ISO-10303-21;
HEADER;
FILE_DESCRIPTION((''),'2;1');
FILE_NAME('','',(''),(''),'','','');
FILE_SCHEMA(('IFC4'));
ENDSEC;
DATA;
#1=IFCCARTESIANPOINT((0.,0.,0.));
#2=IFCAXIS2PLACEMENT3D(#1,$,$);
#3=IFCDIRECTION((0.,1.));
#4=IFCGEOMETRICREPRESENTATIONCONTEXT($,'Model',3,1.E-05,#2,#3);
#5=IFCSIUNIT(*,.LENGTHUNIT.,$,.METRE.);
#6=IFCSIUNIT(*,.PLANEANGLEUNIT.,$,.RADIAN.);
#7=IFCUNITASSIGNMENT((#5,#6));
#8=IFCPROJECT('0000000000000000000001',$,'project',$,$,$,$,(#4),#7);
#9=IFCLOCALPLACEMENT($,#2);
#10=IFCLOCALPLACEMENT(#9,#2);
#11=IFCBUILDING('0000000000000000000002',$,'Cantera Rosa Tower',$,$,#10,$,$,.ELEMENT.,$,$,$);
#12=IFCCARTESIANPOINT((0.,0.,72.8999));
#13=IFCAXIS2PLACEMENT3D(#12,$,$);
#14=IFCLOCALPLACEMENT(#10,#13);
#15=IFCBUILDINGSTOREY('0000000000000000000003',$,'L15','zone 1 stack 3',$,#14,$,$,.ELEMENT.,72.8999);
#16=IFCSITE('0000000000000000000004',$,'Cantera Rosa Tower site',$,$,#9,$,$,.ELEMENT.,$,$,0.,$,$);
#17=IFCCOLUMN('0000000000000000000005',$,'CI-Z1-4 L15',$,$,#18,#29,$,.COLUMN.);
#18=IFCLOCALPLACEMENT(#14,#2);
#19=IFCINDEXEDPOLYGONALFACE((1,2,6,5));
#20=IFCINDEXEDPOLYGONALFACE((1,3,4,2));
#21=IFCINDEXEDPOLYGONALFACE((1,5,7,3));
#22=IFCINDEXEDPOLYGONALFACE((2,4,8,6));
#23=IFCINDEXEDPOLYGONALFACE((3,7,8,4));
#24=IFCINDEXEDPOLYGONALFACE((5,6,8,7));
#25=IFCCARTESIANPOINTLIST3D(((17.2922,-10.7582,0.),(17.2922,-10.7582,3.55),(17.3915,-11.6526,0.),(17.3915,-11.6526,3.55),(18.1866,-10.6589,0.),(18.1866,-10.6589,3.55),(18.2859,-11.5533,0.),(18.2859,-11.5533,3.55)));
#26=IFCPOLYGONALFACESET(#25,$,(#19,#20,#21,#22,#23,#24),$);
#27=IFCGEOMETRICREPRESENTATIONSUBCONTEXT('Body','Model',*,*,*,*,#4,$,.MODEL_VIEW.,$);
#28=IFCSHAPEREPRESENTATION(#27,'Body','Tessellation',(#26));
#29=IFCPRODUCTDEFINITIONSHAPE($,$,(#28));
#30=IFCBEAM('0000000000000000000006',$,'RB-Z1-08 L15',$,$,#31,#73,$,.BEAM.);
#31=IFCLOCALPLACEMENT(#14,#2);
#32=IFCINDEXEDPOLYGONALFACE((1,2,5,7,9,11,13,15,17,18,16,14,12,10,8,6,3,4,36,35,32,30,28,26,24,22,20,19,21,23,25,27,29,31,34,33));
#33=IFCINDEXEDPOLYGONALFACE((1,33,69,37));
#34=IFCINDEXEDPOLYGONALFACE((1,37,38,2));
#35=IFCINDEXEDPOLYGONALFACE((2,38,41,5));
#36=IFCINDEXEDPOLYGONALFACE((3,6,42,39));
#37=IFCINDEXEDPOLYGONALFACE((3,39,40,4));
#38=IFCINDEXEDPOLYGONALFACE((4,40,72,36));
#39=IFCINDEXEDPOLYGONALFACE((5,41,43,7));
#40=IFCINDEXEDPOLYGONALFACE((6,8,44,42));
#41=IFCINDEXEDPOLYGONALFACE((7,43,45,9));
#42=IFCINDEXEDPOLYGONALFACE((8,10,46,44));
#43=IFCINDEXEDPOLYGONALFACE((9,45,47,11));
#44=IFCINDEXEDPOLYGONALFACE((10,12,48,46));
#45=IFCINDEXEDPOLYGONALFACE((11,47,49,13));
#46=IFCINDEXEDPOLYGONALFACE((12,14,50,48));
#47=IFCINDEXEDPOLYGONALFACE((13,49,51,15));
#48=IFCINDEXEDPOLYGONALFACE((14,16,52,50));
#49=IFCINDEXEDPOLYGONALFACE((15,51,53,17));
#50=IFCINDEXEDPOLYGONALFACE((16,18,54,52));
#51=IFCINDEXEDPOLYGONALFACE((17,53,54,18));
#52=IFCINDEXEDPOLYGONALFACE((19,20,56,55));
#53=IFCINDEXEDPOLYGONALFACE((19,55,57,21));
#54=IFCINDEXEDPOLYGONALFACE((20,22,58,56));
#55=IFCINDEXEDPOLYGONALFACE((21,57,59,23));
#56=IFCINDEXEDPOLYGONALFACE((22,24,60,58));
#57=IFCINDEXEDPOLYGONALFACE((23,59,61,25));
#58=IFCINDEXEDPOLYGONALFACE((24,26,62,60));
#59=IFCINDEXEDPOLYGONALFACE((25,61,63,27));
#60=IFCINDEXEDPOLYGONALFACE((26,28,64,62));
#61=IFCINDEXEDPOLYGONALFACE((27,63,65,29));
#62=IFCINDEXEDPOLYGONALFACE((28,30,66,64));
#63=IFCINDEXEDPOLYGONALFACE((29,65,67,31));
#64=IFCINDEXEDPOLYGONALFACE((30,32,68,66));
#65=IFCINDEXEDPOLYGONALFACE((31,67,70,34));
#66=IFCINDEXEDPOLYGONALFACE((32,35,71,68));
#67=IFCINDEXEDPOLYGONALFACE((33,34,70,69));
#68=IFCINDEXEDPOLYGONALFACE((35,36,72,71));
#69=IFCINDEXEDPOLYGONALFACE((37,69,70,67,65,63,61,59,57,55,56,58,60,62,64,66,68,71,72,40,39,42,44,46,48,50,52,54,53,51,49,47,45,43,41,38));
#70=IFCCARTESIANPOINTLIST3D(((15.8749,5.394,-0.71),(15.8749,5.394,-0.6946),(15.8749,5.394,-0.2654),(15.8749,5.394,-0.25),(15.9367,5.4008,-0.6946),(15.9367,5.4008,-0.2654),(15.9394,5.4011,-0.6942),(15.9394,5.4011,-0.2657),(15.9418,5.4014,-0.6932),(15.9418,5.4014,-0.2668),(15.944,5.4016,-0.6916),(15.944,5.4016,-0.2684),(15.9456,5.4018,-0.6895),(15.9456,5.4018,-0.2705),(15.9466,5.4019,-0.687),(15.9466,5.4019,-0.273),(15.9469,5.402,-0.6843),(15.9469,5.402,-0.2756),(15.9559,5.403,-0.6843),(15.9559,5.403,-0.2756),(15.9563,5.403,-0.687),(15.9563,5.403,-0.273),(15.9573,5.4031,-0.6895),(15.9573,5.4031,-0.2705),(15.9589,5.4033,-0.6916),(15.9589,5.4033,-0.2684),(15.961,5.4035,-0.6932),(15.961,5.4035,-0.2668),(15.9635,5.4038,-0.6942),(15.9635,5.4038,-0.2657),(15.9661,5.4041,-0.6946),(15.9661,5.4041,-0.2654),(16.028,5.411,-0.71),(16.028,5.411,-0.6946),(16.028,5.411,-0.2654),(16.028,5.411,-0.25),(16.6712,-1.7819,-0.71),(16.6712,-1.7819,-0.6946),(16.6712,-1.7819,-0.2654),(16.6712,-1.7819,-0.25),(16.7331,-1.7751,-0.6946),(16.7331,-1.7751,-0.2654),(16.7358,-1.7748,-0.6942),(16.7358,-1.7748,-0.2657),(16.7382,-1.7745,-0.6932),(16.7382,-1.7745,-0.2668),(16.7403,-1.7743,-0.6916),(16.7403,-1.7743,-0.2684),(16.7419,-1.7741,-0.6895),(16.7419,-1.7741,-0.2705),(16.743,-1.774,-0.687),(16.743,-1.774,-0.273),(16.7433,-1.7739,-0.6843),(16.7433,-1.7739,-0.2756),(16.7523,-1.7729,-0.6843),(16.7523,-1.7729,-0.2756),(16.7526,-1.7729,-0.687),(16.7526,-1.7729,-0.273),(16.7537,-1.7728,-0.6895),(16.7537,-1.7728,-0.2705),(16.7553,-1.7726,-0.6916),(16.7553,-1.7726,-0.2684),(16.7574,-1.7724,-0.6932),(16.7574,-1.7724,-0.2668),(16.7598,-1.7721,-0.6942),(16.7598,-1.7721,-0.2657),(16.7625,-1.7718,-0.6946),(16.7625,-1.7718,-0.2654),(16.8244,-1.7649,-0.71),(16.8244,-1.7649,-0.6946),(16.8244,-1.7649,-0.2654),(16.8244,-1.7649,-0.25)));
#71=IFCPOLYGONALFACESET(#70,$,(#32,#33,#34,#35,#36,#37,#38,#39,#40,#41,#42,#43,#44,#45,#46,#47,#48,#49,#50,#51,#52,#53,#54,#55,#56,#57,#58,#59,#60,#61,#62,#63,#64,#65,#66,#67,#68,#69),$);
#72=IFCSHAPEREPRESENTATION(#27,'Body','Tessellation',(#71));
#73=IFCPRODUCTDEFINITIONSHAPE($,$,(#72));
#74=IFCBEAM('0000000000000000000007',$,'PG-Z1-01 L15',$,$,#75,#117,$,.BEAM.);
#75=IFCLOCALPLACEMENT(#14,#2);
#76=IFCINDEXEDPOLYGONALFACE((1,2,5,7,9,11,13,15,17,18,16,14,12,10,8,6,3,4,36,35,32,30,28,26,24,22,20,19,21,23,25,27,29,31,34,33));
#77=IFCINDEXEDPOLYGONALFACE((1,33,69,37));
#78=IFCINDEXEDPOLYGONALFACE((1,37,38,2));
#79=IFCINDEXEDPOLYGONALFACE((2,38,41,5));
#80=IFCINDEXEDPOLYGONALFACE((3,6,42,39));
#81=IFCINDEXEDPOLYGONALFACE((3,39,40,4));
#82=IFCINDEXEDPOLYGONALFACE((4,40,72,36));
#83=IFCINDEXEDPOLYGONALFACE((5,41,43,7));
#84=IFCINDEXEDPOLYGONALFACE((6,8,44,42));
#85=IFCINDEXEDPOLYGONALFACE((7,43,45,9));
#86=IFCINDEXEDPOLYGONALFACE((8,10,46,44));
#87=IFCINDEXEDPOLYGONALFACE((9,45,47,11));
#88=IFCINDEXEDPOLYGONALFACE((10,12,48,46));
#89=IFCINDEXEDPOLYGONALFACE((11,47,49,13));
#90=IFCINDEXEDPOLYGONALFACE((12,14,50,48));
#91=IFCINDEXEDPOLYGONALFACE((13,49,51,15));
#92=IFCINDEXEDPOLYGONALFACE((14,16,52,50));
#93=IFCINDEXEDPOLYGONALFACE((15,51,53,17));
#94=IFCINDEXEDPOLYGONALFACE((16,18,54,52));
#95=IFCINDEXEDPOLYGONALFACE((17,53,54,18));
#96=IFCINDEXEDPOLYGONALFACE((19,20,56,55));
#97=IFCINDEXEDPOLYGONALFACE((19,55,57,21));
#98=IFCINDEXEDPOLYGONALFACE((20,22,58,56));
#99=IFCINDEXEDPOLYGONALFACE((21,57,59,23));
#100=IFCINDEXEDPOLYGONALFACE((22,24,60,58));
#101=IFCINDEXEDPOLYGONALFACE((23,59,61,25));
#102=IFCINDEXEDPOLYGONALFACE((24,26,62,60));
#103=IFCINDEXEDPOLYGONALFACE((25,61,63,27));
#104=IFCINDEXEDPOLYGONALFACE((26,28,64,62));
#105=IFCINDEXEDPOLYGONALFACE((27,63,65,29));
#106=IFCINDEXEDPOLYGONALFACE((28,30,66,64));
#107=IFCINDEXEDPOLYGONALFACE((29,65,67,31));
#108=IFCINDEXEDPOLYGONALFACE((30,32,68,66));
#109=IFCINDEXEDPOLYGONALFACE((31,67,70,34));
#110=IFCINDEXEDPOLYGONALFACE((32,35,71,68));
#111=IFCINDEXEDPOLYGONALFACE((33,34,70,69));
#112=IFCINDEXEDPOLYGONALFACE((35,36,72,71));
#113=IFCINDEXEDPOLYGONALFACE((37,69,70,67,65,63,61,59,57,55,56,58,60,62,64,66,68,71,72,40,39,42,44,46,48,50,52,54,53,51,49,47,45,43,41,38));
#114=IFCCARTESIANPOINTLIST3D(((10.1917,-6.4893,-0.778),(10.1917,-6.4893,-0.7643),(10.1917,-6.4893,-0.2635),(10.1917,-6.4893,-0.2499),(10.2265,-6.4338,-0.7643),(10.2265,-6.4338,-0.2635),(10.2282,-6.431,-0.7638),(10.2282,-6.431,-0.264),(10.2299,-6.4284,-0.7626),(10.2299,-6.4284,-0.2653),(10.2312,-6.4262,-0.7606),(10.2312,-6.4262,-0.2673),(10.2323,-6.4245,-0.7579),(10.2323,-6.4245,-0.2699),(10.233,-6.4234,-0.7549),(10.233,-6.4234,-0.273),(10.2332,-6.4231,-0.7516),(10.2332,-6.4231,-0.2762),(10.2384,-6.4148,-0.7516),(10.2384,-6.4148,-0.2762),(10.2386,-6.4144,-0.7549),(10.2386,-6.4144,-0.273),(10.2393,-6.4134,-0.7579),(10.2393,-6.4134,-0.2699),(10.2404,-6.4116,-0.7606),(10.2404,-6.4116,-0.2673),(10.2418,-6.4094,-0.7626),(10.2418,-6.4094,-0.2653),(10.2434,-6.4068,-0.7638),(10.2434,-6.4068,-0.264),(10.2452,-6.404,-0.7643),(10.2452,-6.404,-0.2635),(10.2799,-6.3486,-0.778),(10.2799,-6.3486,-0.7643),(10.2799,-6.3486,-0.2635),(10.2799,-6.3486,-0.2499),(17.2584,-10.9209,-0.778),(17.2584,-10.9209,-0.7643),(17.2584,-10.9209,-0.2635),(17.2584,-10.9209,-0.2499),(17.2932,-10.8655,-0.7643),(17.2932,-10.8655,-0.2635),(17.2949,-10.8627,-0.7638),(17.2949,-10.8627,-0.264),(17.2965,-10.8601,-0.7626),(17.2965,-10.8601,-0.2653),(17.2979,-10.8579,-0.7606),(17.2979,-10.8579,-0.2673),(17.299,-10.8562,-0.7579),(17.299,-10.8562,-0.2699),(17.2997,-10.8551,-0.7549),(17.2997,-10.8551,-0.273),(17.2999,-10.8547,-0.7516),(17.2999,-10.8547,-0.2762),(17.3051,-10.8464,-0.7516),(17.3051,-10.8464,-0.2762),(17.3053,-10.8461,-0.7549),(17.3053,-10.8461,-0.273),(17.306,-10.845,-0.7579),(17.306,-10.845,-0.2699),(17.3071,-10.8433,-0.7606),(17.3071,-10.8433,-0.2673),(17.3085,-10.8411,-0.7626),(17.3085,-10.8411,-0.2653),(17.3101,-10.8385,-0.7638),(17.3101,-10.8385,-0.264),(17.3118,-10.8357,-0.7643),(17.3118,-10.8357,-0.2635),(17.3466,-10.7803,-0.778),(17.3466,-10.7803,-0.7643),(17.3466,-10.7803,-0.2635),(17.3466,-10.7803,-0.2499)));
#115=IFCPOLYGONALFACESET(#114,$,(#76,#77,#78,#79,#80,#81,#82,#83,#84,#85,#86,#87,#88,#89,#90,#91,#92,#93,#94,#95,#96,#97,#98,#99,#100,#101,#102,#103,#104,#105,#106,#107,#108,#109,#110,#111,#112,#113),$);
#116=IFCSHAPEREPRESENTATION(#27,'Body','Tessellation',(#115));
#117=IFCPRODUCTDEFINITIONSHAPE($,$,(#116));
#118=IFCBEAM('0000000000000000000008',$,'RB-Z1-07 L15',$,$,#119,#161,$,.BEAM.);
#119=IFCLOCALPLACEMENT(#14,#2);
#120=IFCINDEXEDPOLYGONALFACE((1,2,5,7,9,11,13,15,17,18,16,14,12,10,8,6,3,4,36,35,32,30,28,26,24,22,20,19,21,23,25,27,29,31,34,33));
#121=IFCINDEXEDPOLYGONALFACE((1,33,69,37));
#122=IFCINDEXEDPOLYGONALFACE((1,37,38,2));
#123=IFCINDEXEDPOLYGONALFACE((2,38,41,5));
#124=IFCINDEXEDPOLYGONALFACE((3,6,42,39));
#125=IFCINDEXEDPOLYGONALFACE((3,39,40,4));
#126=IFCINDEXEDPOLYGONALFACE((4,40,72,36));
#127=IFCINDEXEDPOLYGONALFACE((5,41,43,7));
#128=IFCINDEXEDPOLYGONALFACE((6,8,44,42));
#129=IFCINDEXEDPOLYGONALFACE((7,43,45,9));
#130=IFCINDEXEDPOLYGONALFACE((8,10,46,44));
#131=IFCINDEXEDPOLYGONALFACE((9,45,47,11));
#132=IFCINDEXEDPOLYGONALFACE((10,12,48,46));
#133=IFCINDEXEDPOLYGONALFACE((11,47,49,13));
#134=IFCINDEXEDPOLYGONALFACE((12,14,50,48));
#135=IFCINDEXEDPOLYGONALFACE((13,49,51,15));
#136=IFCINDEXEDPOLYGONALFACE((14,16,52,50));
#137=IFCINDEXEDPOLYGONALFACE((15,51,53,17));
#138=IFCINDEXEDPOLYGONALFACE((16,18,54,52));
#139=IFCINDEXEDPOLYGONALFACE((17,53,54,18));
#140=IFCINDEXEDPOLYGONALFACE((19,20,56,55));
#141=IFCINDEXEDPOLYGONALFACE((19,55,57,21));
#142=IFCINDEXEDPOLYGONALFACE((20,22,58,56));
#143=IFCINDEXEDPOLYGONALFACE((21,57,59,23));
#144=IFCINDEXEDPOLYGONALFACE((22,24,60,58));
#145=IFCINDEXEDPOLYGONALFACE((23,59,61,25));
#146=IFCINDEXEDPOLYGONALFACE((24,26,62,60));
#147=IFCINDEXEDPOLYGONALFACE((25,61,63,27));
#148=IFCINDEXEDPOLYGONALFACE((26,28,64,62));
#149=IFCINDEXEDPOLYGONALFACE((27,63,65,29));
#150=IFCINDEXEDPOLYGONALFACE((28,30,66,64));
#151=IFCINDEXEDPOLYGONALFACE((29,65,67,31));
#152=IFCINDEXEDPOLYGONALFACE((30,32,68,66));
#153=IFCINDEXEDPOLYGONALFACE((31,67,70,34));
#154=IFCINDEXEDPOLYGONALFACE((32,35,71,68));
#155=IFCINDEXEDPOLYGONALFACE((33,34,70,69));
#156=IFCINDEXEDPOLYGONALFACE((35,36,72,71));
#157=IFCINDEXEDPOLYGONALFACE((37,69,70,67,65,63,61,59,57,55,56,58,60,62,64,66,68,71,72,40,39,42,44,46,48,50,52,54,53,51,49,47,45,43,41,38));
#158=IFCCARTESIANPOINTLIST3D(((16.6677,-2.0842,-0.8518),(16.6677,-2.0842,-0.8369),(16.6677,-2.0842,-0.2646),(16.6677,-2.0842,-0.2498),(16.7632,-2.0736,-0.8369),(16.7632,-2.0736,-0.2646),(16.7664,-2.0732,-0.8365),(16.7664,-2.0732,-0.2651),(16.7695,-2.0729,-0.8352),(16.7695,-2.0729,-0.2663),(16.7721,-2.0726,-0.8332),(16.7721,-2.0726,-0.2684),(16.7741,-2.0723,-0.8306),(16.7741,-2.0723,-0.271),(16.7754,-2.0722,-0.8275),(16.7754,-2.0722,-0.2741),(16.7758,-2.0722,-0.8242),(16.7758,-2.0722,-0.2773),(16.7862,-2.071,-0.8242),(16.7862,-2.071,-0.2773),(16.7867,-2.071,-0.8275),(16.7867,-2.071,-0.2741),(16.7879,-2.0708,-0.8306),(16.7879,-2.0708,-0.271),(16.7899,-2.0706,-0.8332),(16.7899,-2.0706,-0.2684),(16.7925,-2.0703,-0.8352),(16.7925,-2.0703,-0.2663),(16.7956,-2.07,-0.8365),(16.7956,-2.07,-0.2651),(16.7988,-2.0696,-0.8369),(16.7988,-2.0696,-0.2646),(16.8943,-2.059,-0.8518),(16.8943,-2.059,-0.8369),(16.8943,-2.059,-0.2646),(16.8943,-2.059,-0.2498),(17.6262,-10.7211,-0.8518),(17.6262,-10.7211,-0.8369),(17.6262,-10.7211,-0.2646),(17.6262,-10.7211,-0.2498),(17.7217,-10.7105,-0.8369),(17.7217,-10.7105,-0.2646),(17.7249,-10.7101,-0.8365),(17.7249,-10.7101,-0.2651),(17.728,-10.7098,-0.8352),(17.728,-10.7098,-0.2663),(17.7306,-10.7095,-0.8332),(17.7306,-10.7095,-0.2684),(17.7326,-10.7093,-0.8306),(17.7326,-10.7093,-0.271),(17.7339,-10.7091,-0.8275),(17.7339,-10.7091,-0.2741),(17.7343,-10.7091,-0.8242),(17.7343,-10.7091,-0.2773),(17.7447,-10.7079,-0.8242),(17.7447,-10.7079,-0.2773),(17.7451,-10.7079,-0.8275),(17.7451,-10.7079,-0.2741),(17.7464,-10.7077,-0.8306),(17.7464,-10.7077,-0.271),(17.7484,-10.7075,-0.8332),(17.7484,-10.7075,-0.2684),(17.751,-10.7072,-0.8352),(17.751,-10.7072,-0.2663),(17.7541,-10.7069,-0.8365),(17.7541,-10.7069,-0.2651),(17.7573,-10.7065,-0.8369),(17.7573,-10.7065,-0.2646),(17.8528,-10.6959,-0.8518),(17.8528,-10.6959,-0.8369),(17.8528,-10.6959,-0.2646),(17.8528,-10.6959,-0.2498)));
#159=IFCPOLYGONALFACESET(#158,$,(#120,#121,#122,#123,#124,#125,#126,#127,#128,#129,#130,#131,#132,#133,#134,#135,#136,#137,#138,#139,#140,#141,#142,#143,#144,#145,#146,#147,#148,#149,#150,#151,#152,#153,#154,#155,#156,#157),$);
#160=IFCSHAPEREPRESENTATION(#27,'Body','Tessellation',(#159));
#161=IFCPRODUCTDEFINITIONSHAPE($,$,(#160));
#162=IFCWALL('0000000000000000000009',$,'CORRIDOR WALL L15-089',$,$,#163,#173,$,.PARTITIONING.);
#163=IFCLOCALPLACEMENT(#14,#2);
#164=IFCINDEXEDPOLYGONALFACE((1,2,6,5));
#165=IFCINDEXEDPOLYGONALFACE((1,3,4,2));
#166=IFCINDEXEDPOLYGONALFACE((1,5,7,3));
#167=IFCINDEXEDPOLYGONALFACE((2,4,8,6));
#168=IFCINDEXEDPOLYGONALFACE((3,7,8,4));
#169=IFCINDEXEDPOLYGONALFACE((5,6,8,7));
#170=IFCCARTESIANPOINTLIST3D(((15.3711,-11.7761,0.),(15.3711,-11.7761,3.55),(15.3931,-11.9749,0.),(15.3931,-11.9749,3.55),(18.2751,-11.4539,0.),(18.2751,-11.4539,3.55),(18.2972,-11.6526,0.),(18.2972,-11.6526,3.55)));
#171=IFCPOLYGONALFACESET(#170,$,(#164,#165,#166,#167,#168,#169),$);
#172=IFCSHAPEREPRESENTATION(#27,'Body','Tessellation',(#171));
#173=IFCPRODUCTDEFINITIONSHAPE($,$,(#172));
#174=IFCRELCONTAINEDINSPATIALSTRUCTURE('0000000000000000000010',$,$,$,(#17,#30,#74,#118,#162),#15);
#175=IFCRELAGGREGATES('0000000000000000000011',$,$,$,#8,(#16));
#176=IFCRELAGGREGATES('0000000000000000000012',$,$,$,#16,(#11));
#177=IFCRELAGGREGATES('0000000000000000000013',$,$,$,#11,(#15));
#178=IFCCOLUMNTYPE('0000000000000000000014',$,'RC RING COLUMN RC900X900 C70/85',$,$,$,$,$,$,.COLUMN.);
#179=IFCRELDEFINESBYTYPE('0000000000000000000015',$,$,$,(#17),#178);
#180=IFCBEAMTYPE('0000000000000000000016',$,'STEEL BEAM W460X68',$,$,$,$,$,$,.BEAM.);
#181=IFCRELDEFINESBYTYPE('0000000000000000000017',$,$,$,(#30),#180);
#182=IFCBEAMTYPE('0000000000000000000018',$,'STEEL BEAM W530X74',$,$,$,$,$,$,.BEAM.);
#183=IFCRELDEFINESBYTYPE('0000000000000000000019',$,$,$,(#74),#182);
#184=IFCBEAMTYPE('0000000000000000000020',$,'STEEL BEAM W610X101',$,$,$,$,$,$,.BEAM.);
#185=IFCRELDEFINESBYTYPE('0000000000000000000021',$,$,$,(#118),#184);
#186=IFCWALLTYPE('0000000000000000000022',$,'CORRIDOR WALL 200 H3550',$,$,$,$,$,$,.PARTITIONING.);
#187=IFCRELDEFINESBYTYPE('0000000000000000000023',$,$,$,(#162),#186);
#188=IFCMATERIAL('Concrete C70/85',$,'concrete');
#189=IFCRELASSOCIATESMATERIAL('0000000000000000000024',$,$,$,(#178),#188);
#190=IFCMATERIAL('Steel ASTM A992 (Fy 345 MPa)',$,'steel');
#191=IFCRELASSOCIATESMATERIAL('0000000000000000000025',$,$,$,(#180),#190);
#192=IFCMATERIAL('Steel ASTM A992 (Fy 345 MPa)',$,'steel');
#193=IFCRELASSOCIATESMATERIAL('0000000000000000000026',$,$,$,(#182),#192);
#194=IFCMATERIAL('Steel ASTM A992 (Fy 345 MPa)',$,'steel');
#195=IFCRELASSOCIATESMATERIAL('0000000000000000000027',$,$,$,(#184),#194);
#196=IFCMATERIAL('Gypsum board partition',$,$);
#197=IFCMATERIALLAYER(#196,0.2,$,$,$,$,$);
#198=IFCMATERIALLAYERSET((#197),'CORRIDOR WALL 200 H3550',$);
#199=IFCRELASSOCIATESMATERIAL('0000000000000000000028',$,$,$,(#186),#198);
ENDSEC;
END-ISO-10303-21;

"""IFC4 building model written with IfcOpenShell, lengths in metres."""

from ifc_helpers import new_model, si_unit, direction, frame, frame_2d, origin, origin_2d, place, context, subcontext, project, spatial, rectangle, i_section, extrude, material, layer, layer_set, material_profile, profile_set, type_object, element, save


model = new_model("IFC4")

# Units and contexts
model_context = context("Model", 3, precision=1e-05, world=origin(), true_north=direction((0.0, 1.0)))
body_context = subcontext(model_context, "Body", "Model", "MODEL_VIEW")
ifc_project = project(units=[si_unit("LENGTHUNIT", "METRE"), si_unit("PLANEANGLEUNIT", "RADIAN")], contexts=[model_context])

# Site, building, storey
site_placement = place(None, origin())
site = spatial("IfcSite", under=ifc_project, at=site_placement, Name="Cantera Rosa Tower site", CompositionType="ELEMENT", RefElevation=0.0)
building_placement = place(site_placement, origin())
building = spatial("IfcBuilding", under=site, at=building_placement, Name="Cantera Rosa Tower", CompositionType="ELEMENT")
storey_placement = place(building_placement, frame((0.0, 0.0, 72.8999)))
storey = spatial("IfcBuildingStorey", under=building, at=storey_placement, Name="L15", Description="zone 1 stack 3", CompositionType="ELEMENT", Elevation=72.8999)

# Column
ifc_material_1 = material(Name="Concrete C70/85", Category="concrete")
ifc_material_profile_1 = material_profile(ifc_material_1, rectangle(XDim=0.8999, YDim=0.8999, at=origin_2d()), Name="RC RING COLUMN RC900X900 C70/85")
ifc_profile_set_1 = profile_set([ifc_material_profile_1], Name="Concrete C70/85")
column_type = type_object("IfcColumnType", Name="RC RING COLUMN RC900X900 C70/85", PredefinedType="COLUMN", material=ifc_profile_set_1)
column_placement = place(storey_placement, frame((17.7891, -11.1558, 0.0), z_axis=(0.0, 0.0, 1.0), x_axis=(0.993897, 0.110313, 0.0)))
element("IfcColumn", 1, at=column_placement, inside=storey, type_object=column_type, Name="CI-Z1-4 L15", PredefinedType="COLUMN", context=body_context, shape_type="SweptSolid", body=[
    extrude(rectangle(XDim=0.8999, YDim=0.8999, at=origin_2d()), origin(), (0.0, 0.0, 1.0), 3.55),
])

# Beams
ifc_material_2 = material(Name="Steel ASTM A992 (Fy 345 MPa)", Category="steel")
ifc_material_profile_2 = material_profile(ifc_material_2, i_section(OverallWidth=0.1541, OverallDepth=0.46, WebThickness=0.009, FlangeThickness=0.0154, FilletRadius=0.0103, at=origin_2d()), Name="W460X68")
ifc_profile_set_2 = profile_set([ifc_material_profile_2], Name="Steel ASTM A992 (Fy 345 MPa)")
beam_type_1 = type_object("IfcBeamType", Name="STEEL BEAM W460X68", PredefinedType="BEAM", material=ifc_profile_set_2)
beam_1_placement = place(storey_placement, frame((16.7478, -1.7734, -0.48), z_axis=(-0.110302, 0.993898, 0.0), x_axis=(-0.993898, -0.110302, 0.0)))
element("IfcBeam", 2, at=beam_1_placement, inside=storey, type_object=beam_type_1, Name="RB-Z1-08 L15", PredefinedType="BEAM", context=body_context, shape_type="SweptSolid", body=[
    extrude(i_section(OverallWidth=0.1541, OverallDepth=0.46, WebThickness=0.009, FlangeThickness=0.0154, FilletRadius=0.0103, at=origin_2d()), origin(), (0.0, 0.0, 1.0), 7.22),
])
ifc_material_3 = material(Name="Steel ASTM A992 (Fy 345 MPa)", Category="steel")
ifc_material_profile_3 = material_profile(ifc_material_3, i_section(OverallWidth=0.166, OverallDepth=0.5281, WebThickness=0.0098, FlangeThickness=0.0137, FilletRadius=0.0127, at=origin_2d()), Name="W530X74")
ifc_profile_set_3 = profile_set([ifc_material_profile_3], Name="Steel ASTM A992 (Fy 345 MPa)")
beam_type_2 = type_object("IfcBeamType", Name="STEEL BEAM W530X74", PredefinedType="BEAM", material=ifc_profile_set_3)
beam_2_placement = place(storey_placement, frame((17.3025, -10.8506, -0.5139), z_axis=(-0.84719, 0.53129, 0.0), x_axis=(-0.53129, -0.84719, 0.0)))
element("IfcBeam", 3, at=beam_2_placement, inside=storey, type_object=beam_type_2, Name="PG-Z1-01 L15", PredefinedType="BEAM", context=body_context, shape_type="SweptSolid", body=[
    extrude(i_section(OverallWidth=0.166, OverallDepth=0.5281, WebThickness=0.0098, FlangeThickness=0.0137, FilletRadius=0.0127, at=origin_2d()), origin(), (0.0, 0.0, 1.0), 8.3413),
])
ifc_material_4 = material(Name="Steel ASTM A992 (Fy 345 MPa)", Category="steel")
ifc_material_profile_4 = material_profile(ifc_material_4, i_section(OverallWidth=0.228, OverallDepth=0.6021, WebThickness=0.0105, FlangeThickness=0.0149, FilletRadius=0.0127, at=origin_2d()), Name="W610X101")
ifc_profile_set_4 = profile_set([ifc_material_profile_4], Name="Steel ASTM A992 (Fy 345 MPa)")
beam_type_3 = type_object("IfcBeamType", Name="STEEL BEAM W610X101", PredefinedType="BEAM", material=ifc_profile_set_4)
beam_3_placement = place(storey_placement, frame((17.7395, -10.7085, -0.5508), z_axis=(-0.110299, 0.993898, 0.0), x_axis=(-0.993898, -0.110299, 0.0)))
element("IfcBeam", 4, at=beam_3_placement, inside=storey, type_object=beam_type_3, Name="RB-Z1-07 L15", PredefinedType="BEAM", context=body_context, shape_type="SweptSolid", body=[
    extrude(i_section(OverallWidth=0.228, OverallDepth=0.6021, WebThickness=0.0105, FlangeThickness=0.0149, FilletRadius=0.0127, at=origin_2d()), origin(), (0.0, 0.0, 1.0), 8.6899),
])

# Wall
ifc_material_5 = material(Name="Gypsum board partition")
ifc_layer_1 = layer(ifc_material_5, 0.2)
ifc_layer_set_1 = layer_set([ifc_layer_1], Name="CORRIDOR WALL 200 H3550")
wall_type_1 = type_object("IfcWallType", Name="CORRIDOR WALL 200 H3550", PredefinedType="PARTITIONING", material=ifc_layer_set_1)
wall_1_placement = place(storey_placement, frame((15.3821, -11.8755, 0.0), z_axis=(0.0, 0.0, 1.0), x_axis=(0.993899, 0.110294, 0.0)))
element("IfcWall", 5, at=wall_1_placement, inside=storey, type_object=wall_type_1, Name="CORRIDOR WALL L15-089", PredefinedType="PARTITIONING", context=body_context, shape_type="SweptSolid", body=[
    extrude(rectangle(XDim=2.9219, YDim=0.2, at=frame_2d((1.4609, 0.0))), origin(), (0.0, 0.0, 1.0), 3.55),
])

save(model, "model.ifc")
